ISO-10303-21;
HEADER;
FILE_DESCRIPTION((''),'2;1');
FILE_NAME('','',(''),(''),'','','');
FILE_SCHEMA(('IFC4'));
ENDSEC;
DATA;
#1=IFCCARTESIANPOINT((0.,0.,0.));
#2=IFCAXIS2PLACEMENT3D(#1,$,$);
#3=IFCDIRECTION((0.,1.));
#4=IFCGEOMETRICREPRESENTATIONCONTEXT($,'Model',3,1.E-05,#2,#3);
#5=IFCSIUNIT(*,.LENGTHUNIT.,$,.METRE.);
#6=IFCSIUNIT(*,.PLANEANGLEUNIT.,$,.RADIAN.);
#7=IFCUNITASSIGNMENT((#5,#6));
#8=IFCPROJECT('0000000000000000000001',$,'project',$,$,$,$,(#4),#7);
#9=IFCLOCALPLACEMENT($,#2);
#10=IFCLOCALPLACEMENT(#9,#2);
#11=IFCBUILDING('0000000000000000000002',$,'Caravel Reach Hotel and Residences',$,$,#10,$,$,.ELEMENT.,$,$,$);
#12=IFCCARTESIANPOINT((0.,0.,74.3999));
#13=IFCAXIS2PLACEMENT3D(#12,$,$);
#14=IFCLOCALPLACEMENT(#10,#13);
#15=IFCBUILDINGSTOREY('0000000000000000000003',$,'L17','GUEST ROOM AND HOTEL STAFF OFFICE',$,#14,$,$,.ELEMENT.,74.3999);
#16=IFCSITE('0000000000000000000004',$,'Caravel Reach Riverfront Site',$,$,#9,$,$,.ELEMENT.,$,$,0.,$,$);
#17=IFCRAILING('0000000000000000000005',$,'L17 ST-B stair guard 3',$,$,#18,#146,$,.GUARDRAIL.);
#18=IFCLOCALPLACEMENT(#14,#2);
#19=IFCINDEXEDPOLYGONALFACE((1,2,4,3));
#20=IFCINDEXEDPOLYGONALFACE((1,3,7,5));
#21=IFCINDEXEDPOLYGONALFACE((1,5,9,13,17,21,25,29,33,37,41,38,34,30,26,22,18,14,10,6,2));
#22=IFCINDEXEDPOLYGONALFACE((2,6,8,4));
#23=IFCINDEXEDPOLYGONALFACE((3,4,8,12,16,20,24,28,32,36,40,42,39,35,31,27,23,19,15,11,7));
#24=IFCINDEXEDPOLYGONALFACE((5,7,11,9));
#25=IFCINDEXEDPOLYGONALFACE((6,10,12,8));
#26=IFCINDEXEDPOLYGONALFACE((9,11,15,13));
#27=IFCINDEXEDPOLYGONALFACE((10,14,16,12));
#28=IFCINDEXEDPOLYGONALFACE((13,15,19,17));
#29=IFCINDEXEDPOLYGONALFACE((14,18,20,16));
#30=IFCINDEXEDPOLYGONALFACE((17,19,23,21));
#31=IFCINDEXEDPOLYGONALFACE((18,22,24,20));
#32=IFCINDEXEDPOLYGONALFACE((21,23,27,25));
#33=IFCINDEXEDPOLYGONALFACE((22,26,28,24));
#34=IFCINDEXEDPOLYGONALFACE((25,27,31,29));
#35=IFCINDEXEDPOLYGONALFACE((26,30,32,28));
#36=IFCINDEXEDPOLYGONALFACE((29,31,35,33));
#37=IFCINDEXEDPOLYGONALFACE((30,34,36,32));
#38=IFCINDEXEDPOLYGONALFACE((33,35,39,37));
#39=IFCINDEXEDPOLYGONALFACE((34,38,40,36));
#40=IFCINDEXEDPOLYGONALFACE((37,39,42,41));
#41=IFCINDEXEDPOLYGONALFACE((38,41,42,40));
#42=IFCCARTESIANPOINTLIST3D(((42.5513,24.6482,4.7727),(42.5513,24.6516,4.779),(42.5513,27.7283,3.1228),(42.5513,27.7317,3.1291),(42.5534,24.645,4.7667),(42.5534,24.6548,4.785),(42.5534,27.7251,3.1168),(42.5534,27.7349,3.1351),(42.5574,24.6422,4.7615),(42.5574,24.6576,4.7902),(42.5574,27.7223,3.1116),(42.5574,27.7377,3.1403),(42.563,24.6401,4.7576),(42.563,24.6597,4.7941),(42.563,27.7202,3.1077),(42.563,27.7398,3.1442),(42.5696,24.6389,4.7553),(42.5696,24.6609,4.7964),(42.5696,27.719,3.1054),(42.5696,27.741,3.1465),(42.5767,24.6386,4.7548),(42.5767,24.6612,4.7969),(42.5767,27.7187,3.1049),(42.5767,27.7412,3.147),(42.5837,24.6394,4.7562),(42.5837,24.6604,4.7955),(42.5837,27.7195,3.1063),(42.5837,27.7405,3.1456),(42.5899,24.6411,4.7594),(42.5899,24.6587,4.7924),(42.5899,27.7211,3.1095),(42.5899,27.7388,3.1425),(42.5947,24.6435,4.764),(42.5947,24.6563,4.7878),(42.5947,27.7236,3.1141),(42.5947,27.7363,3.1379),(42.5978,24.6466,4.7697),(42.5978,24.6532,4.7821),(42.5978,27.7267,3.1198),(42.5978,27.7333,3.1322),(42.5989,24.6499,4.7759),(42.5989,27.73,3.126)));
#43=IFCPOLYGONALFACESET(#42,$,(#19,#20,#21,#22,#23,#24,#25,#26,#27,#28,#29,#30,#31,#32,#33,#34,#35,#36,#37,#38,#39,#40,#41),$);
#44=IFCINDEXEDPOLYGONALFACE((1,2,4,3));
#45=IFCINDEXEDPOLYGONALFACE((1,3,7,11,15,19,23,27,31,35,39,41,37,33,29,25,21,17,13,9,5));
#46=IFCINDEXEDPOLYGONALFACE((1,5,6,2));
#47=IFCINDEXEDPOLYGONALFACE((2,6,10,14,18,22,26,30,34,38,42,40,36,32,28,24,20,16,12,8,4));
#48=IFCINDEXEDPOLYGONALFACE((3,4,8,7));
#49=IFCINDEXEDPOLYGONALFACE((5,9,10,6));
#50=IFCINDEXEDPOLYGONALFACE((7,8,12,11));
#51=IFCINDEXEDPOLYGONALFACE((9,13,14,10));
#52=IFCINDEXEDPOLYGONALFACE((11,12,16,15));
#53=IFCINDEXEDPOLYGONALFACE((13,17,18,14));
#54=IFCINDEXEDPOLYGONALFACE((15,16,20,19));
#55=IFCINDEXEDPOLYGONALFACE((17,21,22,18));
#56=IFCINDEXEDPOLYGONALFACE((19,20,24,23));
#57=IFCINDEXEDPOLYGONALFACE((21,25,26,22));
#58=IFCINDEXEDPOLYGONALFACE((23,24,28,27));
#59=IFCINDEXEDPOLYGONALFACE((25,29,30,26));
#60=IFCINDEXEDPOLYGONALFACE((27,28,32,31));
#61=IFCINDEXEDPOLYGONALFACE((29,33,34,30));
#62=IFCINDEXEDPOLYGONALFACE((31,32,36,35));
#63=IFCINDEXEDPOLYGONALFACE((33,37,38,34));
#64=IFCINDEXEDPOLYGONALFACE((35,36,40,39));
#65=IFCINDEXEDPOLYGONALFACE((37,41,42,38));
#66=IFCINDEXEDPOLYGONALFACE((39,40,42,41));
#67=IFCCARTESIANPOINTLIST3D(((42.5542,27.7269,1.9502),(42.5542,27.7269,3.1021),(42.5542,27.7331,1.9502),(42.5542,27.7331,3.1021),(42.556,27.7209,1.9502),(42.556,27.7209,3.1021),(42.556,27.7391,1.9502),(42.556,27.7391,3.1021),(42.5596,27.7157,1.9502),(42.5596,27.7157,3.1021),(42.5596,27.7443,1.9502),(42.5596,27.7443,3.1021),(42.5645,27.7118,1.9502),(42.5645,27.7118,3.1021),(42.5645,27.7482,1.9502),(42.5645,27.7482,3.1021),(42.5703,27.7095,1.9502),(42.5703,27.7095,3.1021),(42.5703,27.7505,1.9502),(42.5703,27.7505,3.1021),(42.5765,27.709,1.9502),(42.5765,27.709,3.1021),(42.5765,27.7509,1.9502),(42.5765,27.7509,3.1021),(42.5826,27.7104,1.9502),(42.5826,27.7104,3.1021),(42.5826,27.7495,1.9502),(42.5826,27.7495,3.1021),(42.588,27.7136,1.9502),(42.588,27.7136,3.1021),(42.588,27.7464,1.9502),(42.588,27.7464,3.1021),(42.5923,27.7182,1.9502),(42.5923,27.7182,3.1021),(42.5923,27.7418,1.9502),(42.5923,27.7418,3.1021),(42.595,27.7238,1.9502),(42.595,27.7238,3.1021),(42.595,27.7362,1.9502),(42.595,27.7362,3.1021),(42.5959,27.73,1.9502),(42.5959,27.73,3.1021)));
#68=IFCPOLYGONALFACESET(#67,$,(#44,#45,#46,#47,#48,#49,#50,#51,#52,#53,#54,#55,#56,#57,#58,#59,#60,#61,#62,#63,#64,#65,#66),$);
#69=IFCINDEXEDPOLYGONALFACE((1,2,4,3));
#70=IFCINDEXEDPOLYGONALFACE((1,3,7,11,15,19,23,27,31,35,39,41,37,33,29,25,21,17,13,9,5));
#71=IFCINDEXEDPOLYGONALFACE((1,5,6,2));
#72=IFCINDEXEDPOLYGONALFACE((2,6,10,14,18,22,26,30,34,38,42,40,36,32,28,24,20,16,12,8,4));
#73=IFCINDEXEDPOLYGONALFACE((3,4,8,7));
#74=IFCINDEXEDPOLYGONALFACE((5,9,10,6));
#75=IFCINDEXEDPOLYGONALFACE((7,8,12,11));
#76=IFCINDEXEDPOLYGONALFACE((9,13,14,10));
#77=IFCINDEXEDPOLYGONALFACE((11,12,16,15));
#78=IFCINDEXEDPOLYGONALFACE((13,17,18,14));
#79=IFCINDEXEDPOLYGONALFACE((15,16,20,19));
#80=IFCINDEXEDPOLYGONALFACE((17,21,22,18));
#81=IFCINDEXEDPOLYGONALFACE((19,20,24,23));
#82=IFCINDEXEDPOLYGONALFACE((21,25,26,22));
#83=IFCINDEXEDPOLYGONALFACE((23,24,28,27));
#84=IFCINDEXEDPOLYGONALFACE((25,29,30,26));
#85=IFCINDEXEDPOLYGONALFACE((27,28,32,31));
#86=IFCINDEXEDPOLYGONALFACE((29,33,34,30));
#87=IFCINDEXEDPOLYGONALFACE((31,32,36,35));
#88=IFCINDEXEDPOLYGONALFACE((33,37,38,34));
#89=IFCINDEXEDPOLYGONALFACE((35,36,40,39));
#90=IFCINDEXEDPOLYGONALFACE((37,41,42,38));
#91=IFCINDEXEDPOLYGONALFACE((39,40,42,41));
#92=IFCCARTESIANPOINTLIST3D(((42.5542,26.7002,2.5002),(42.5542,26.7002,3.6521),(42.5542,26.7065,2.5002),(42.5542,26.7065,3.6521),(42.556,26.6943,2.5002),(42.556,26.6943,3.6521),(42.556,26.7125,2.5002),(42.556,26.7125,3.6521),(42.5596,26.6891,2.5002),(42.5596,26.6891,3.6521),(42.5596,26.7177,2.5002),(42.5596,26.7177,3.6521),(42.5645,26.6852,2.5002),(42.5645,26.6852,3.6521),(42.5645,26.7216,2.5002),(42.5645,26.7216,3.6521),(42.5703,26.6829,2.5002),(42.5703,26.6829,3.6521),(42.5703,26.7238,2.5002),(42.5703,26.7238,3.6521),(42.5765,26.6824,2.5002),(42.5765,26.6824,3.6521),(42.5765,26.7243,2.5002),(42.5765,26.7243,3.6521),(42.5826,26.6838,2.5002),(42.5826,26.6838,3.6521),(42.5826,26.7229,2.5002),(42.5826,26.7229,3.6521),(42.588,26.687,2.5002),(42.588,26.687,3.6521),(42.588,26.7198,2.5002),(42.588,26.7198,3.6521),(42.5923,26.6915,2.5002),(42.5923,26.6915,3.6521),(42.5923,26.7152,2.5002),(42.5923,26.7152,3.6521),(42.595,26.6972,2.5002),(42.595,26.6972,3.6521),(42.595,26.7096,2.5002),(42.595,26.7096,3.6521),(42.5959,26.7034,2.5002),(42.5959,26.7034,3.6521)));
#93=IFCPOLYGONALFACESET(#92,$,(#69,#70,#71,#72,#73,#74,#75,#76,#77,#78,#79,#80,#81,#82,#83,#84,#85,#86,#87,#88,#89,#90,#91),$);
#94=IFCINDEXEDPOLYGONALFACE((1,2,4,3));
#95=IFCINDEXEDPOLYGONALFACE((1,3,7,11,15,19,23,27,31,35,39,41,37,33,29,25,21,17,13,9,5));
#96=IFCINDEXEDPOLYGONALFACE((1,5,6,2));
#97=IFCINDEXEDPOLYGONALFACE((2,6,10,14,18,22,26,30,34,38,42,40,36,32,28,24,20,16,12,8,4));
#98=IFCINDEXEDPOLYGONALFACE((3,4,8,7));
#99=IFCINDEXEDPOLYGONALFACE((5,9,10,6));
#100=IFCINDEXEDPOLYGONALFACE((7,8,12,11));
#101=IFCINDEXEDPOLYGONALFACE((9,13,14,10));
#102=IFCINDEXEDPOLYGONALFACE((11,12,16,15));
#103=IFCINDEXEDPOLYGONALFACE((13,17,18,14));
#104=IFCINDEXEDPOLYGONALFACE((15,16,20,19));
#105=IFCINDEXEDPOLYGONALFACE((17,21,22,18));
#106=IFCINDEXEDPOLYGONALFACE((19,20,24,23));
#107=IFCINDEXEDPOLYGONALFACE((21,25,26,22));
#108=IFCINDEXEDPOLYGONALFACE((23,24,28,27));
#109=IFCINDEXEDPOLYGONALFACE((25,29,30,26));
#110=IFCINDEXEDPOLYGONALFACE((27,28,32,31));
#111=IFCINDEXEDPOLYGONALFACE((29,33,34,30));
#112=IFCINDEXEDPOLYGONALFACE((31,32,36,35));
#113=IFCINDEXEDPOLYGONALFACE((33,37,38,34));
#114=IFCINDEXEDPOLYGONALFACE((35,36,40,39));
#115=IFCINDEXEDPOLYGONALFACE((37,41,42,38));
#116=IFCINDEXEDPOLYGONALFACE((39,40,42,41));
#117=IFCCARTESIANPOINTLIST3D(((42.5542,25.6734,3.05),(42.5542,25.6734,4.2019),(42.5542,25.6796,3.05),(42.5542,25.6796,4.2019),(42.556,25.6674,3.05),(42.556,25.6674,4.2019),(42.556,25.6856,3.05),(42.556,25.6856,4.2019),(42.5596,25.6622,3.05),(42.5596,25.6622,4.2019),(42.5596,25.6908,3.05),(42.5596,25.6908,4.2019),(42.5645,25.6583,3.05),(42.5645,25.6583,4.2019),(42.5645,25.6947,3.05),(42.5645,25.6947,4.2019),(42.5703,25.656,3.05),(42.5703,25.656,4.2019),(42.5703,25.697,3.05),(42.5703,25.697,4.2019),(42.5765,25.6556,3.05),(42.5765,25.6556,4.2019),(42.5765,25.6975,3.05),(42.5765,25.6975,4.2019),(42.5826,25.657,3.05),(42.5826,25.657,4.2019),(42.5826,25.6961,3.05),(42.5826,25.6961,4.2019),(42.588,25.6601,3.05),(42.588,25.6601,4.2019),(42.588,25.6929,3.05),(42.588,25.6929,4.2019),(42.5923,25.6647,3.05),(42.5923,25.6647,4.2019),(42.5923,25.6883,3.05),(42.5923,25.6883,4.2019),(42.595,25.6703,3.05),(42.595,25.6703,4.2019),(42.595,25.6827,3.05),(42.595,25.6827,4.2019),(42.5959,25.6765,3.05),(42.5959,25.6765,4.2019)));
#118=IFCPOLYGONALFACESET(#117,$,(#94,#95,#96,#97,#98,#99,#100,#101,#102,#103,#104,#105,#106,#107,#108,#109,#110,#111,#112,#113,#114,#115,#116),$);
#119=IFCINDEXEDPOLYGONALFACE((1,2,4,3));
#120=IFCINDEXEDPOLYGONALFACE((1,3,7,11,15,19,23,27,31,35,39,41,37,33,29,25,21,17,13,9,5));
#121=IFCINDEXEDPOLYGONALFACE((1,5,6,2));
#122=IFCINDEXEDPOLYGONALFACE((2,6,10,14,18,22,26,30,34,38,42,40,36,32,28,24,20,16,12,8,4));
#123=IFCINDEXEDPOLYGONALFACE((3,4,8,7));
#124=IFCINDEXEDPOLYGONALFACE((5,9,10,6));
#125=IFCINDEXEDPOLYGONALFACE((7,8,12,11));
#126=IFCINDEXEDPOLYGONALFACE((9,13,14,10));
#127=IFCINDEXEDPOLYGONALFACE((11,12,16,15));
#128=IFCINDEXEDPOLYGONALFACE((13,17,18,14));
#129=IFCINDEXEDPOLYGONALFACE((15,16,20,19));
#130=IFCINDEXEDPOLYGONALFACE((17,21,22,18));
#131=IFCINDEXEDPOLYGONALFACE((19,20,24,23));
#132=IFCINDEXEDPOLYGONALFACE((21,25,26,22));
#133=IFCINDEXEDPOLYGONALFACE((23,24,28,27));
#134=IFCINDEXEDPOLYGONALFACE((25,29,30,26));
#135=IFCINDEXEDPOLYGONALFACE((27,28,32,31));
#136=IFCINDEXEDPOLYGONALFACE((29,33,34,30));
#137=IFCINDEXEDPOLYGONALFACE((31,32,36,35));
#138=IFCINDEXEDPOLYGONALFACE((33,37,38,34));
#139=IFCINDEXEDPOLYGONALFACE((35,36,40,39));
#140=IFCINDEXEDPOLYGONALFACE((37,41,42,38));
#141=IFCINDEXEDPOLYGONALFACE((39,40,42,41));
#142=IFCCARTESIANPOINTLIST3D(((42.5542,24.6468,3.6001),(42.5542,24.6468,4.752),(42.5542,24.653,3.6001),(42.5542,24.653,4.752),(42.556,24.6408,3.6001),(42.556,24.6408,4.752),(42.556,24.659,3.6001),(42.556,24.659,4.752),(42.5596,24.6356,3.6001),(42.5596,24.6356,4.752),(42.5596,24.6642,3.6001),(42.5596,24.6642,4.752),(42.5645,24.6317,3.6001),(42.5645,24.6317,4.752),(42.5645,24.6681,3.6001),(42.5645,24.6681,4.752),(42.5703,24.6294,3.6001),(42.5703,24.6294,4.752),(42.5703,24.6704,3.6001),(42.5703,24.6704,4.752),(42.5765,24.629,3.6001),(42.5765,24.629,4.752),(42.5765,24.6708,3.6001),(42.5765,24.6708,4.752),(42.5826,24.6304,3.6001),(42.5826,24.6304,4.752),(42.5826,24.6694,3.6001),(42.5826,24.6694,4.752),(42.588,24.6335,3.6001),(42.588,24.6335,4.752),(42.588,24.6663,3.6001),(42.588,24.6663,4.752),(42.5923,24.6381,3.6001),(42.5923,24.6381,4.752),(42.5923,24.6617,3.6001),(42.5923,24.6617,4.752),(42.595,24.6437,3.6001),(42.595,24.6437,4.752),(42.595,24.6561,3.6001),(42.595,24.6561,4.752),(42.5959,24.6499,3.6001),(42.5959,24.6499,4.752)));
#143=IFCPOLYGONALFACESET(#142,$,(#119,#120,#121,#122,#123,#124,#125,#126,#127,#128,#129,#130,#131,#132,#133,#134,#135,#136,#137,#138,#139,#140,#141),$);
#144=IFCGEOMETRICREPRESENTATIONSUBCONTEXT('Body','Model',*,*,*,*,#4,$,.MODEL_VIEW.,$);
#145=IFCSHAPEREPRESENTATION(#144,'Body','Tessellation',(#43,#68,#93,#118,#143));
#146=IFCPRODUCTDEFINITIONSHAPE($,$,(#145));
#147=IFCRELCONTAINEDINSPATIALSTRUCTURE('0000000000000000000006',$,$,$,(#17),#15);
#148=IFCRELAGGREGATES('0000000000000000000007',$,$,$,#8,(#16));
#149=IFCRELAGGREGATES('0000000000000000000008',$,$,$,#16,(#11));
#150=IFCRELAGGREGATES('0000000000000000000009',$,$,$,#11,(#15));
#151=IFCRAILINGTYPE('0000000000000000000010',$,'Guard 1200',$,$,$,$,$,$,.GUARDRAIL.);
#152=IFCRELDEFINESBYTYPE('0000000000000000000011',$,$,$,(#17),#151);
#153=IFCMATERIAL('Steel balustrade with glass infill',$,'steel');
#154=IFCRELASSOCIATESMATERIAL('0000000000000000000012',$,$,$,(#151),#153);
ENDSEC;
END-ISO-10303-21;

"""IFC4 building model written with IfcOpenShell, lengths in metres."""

from ifc_helpers import new_model, si_unit, direction, frame, origin, origin_2d, place, context, subcontext, project, spatial, circle, extrude, material, type_object, element, save


model = new_model("IFC4")

# Units and contexts
model_context = context("Model", 3, precision=1e-05, world=origin(), true_north=direction((0.0, 1.0)))
body_context = subcontext(model_context, "Body", "Model", "MODEL_VIEW")
ifc_project = project(units=[si_unit("LENGTHUNIT", "METRE"), si_unit("PLANEANGLEUNIT", "RADIAN")], contexts=[model_context])

# Site, building, storey
site_placement = place(None, origin())
site = spatial("IfcSite", under=ifc_project, at=site_placement, Name="Caravel Reach Riverfront Site", CompositionType="ELEMENT", RefElevation=0.0)
building_placement = place(site_placement, origin())
building = spatial("IfcBuilding", under=site, at=building_placement, Name="Caravel Reach Hotel and Residences", CompositionType="ELEMENT")
storey_placement = place(building_placement, frame((0.0, 0.0, 74.3999)))
storey = spatial("IfcBuildingStorey", under=building, at=storey_placement, Name="L17", Description="GUEST ROOM AND HOTEL STAFF OFFICE", CompositionType="ELEMENT", Elevation=74.3999)

# Railing
ifc_material_1 = material(Name="Steel balustrade with glass infill", Category="steel")
railing_type_1 = type_object("IfcRailingType", Name="Guard 1200", PredefinedType="GUARDRAIL", material=ifc_material_1)
railing_1_placement = place(storey_placement, frame((42.575, 27.73, 1.9502)))
element("IfcRailing", 1, at=railing_1_placement, inside=storey, type_object=railing_type_1, Name="L17 ST-B stair guard 3", PredefinedType="GUARDRAIL", context=body_context, shape_type="SweptSolid", body=[
    extrude(circle(Radius=0.0239, at=origin_2d()), frame((0.0, 0.0, 1.1758), z_axis=(0.0, -0.881497, 0.47219), x_axis=(1.0, 0.0, 0.0)), (0.0, 0.0, 1.0), 3.4941),
    extrude(circle(Radius=0.021, at=origin_2d()), origin(), (0.0, 0.0, 1.0), 1.1519),
    extrude(circle(Radius=0.021, at=origin_2d()), frame((0.0, -1.0266, 0.55)), (0.0, 0.0, 1.0), 1.1519),
    extrude(circle(Radius=0.021, at=origin_2d()), frame((0.0, -2.0535, 1.0999)), (0.0, 0.0, 1.0), 1.1519),
    extrude(circle(Radius=0.021, at=origin_2d()), frame((0.0, -3.0801, 1.6499)), (0.0, 0.0, 1.0), 1.1519),
])

save(model, "model.ifc")
